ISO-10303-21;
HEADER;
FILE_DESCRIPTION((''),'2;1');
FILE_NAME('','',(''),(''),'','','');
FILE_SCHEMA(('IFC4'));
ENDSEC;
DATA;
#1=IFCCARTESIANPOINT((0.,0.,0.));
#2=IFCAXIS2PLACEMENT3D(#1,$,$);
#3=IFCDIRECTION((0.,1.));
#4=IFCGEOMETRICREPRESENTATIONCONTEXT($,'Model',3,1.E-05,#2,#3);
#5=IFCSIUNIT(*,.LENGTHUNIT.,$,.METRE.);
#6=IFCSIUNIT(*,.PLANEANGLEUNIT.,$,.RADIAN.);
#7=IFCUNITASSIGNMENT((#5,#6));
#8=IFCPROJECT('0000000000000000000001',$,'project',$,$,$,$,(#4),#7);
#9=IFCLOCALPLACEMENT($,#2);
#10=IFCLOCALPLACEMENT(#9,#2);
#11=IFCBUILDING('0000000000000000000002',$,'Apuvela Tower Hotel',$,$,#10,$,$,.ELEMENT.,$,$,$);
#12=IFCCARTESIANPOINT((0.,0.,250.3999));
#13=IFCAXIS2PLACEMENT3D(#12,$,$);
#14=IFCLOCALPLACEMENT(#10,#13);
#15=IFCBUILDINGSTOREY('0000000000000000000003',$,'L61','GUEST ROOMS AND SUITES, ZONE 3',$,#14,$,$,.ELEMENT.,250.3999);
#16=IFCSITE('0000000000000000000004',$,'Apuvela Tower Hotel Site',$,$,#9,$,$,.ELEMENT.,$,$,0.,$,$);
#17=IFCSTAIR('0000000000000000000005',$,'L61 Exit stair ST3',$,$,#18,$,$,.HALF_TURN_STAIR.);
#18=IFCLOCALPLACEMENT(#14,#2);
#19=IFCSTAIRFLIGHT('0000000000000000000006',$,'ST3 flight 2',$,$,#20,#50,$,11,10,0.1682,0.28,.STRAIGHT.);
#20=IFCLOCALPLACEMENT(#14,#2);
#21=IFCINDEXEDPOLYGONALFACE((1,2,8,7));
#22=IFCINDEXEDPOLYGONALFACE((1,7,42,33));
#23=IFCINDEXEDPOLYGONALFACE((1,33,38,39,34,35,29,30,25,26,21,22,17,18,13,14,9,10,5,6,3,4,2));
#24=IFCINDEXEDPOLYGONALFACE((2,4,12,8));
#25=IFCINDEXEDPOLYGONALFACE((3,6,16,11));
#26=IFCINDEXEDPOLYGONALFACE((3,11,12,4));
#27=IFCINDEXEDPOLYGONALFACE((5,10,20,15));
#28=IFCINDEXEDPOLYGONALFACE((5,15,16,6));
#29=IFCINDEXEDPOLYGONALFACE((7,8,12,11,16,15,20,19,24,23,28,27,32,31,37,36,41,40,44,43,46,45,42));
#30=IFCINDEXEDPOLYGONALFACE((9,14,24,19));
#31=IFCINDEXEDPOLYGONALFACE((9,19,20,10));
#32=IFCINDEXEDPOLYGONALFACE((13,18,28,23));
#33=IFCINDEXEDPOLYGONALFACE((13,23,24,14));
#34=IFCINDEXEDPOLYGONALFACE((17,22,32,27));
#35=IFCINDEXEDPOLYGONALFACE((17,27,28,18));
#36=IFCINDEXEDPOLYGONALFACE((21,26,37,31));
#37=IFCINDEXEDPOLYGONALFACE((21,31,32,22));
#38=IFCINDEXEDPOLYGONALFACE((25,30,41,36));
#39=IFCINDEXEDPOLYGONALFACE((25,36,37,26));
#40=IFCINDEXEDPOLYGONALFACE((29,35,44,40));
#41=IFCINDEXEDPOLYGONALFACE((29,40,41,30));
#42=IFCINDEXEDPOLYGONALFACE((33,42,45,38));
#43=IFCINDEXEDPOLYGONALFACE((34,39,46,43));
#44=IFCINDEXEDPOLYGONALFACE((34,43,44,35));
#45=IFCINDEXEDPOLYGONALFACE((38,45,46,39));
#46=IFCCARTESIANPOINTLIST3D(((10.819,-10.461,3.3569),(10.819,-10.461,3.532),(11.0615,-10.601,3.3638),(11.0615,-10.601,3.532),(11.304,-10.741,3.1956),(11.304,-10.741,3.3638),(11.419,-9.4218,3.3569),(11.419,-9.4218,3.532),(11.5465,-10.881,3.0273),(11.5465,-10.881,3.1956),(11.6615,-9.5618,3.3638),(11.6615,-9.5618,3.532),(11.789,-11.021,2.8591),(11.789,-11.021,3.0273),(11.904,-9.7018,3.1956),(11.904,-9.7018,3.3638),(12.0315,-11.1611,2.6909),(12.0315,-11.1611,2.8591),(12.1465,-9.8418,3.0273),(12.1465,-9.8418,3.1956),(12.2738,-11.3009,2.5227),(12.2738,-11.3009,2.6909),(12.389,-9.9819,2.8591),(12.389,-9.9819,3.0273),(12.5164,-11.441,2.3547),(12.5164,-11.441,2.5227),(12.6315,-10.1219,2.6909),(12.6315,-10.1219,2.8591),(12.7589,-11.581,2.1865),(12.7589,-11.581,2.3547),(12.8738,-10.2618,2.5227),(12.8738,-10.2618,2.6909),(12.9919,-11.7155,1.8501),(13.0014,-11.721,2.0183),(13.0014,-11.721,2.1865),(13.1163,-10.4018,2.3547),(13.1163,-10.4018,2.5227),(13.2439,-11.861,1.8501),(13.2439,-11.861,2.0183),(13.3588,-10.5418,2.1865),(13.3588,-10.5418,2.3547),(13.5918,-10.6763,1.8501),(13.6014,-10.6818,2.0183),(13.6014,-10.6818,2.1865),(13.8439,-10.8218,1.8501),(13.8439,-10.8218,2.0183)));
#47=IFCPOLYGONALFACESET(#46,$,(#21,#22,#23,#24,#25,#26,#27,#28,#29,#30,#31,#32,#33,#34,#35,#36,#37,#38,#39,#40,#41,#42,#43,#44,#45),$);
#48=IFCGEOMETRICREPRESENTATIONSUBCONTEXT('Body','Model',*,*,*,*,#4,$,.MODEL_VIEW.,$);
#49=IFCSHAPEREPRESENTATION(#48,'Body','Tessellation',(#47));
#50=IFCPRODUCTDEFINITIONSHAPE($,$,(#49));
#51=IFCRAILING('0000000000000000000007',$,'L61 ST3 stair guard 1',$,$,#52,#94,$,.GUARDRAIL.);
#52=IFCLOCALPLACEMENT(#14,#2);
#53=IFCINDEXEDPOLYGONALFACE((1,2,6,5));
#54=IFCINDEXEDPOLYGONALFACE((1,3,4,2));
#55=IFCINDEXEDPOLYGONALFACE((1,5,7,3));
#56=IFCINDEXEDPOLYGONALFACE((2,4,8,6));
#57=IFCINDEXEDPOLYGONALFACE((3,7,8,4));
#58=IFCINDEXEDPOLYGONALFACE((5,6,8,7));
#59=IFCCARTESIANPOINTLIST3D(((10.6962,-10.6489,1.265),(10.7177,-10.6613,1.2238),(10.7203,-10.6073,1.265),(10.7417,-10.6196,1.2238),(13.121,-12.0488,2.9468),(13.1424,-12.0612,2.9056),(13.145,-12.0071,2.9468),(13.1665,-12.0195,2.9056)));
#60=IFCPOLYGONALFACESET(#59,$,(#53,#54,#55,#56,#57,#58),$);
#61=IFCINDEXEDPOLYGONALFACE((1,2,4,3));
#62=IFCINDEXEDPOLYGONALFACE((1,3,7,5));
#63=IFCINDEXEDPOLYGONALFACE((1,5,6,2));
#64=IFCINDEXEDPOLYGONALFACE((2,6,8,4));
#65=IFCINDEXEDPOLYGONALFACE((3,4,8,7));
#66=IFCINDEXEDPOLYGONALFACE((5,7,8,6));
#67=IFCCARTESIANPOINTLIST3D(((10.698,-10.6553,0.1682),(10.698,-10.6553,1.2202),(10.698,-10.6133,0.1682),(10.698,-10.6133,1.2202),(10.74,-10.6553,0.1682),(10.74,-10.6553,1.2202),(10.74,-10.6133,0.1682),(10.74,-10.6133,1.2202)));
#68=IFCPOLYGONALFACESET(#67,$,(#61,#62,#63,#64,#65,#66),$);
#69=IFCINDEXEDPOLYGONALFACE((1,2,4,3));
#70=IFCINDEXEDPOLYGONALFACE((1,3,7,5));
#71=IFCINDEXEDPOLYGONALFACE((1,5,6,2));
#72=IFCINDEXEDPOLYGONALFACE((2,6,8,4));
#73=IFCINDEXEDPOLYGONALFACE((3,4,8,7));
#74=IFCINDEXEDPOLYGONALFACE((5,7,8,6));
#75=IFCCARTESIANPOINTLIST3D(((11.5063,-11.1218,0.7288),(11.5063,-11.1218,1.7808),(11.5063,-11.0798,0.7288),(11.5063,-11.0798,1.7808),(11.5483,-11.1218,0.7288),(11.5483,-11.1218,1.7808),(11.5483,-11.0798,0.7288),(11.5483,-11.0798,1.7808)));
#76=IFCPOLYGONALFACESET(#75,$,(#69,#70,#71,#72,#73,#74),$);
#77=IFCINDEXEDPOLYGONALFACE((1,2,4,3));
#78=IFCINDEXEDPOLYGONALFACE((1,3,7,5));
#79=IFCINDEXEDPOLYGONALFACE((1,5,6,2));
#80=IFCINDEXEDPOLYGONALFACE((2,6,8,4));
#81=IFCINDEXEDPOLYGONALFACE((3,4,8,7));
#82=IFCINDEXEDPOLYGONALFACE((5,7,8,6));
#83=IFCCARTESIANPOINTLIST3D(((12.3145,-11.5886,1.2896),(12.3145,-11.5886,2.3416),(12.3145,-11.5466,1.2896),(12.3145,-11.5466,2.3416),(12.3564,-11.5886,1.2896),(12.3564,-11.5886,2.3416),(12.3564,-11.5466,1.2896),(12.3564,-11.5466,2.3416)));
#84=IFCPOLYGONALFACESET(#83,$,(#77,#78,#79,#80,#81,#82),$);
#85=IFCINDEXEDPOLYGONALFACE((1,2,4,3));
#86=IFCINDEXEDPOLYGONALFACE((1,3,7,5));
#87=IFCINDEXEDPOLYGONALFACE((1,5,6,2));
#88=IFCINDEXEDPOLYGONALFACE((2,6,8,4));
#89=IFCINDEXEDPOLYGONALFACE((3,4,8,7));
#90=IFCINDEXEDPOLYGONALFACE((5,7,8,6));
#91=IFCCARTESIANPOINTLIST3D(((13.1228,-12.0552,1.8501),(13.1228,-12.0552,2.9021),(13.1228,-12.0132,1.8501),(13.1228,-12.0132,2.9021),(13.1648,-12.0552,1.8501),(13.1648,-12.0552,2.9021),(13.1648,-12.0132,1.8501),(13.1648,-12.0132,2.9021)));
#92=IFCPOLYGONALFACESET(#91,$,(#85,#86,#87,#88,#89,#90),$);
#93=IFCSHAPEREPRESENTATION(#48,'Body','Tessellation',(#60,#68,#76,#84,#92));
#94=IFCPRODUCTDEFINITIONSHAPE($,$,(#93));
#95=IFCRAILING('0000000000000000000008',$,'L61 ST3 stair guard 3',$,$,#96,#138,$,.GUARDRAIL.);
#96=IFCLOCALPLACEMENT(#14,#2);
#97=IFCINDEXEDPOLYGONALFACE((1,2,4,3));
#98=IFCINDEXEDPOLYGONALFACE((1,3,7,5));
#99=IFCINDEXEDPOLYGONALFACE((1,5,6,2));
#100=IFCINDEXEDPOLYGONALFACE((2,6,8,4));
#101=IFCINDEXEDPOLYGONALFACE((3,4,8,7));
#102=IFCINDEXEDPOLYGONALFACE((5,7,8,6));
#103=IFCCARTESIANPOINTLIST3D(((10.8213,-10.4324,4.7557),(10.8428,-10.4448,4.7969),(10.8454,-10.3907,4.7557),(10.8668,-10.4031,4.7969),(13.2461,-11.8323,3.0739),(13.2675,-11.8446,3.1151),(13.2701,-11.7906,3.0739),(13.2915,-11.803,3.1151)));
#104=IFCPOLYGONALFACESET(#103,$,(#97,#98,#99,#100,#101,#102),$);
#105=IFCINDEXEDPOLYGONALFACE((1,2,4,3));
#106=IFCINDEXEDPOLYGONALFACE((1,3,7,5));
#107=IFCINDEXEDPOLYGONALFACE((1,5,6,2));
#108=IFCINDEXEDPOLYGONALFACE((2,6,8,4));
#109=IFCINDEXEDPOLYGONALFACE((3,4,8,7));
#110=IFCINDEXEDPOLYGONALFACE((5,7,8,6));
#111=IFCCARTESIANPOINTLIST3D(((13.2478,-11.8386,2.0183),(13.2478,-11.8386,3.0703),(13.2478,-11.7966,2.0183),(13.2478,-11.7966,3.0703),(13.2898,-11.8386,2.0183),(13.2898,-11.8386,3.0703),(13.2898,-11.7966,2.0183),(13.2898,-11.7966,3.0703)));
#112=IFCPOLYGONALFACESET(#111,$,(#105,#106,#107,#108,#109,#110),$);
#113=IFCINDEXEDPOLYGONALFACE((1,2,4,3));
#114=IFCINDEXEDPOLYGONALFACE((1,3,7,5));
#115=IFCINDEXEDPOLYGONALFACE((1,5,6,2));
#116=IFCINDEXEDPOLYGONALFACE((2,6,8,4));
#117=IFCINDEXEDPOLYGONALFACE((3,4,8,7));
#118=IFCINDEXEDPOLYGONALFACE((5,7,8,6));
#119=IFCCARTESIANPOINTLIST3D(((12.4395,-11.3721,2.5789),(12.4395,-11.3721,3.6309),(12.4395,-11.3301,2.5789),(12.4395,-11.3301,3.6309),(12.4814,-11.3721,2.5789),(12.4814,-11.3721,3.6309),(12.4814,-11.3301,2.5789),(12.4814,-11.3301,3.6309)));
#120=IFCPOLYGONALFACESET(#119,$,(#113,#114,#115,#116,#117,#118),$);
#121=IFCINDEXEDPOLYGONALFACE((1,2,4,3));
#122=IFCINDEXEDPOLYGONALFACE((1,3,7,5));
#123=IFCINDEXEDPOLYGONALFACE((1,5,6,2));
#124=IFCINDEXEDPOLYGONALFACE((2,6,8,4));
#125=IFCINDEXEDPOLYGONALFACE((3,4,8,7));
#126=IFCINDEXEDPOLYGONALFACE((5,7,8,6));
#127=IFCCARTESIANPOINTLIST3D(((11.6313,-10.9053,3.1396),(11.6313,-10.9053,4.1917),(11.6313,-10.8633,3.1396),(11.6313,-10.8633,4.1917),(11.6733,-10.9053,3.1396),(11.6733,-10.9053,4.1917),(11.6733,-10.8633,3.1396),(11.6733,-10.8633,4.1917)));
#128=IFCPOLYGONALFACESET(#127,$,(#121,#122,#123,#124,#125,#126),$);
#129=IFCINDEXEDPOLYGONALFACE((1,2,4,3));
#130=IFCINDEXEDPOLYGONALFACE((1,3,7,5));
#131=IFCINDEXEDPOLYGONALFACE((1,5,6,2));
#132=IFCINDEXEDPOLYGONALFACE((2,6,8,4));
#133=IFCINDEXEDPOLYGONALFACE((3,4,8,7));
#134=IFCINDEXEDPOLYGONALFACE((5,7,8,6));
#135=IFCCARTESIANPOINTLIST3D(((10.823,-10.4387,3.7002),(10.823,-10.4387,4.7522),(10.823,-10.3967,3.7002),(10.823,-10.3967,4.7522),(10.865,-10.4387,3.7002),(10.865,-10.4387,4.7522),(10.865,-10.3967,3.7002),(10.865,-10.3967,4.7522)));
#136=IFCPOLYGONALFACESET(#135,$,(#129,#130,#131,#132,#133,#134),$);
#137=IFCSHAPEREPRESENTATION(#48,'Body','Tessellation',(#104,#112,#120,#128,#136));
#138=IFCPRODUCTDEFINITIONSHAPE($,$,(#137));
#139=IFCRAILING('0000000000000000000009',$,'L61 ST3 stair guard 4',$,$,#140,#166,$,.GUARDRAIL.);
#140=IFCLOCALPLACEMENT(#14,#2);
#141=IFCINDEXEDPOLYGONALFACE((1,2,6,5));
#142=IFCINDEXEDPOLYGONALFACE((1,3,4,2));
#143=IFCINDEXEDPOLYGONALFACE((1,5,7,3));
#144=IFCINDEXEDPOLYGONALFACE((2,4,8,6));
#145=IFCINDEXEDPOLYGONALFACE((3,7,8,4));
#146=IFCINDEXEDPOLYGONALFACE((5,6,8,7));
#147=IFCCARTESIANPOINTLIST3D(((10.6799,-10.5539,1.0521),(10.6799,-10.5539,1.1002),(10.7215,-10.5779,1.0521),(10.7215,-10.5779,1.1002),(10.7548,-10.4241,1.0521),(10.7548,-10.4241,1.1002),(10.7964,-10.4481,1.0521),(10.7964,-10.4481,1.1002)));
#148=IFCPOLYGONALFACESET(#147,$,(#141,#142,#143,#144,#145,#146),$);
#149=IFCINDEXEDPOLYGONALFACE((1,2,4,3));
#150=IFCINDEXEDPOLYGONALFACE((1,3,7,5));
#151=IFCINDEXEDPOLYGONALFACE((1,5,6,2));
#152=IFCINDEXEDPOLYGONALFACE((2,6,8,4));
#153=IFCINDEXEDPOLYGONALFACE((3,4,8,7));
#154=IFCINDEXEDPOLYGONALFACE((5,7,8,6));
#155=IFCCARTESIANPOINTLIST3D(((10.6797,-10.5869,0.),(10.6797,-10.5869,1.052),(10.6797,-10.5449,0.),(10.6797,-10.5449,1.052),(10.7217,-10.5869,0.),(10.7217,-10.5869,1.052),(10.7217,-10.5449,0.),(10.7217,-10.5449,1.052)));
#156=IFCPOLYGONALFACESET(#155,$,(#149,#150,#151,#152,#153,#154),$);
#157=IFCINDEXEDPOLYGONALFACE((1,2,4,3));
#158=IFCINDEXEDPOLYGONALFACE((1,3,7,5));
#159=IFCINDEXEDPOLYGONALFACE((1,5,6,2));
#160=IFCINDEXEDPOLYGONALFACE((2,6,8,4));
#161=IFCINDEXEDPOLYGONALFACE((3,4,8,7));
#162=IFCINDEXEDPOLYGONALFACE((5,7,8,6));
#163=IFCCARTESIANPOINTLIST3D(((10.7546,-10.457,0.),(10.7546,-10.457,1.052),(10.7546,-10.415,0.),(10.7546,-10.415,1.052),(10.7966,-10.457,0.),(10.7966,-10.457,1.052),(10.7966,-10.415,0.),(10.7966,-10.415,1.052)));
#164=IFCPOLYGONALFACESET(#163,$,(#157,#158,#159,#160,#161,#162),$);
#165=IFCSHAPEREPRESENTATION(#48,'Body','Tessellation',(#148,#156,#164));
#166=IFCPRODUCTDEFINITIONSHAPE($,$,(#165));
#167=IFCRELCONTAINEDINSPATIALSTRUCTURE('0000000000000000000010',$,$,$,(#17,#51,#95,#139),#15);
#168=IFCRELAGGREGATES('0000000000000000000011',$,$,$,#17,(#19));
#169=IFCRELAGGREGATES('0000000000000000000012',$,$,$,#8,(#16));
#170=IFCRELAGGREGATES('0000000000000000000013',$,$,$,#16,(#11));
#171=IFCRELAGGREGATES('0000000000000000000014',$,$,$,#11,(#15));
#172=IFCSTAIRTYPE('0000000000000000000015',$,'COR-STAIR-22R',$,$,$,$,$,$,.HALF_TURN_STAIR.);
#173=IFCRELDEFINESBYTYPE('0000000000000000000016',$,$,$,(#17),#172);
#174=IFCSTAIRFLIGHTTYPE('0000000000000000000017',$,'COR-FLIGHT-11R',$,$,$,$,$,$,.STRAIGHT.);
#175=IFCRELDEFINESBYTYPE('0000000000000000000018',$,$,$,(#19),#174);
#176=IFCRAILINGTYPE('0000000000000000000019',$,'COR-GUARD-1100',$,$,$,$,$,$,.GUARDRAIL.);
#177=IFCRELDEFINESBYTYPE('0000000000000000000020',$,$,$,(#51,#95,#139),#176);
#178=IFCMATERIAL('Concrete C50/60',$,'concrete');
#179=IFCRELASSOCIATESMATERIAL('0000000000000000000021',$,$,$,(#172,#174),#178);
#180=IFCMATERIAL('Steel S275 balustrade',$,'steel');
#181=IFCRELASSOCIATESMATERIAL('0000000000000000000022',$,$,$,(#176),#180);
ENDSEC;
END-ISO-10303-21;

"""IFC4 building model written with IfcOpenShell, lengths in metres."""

from ifc_helpers import new_model, si_unit, direction, frame, origin, origin_2d, place, context, subcontext, project, spatial, polyline, rectangle, outline, extrude, material, type_object, element, aggregate, save


model = new_model("IFC4")

# Units and contexts
model_context = context("Model", 3, precision=1e-05, world=origin(), true_north=direction((0.0, 1.0)))
body_context = subcontext(model_context, "Body", "Model", "MODEL_VIEW")
ifc_project = project(units=[si_unit("LENGTHUNIT", "METRE"), si_unit("PLANEANGLEUNIT", "RADIAN")], contexts=[model_context])

# Site, building, storey
site_placement = place(None, origin())
site = spatial("IfcSite", under=ifc_project, at=site_placement, Name="Apuvela Tower Hotel Site", CompositionType="ELEMENT", RefElevation=0.0)
building_placement = place(site_placement, origin())
building = spatial("IfcBuilding", under=site, at=building_placement, Name="Apuvela Tower Hotel", CompositionType="ELEMENT")
storey_placement = place(building_placement, frame((0.0, 0.0, 250.3999)))
storey = spatial("IfcBuildingStorey", under=building, at=storey_placement, Name="L61", Description="GUEST ROOMS AND SUITES, ZONE 3", CompositionType="ELEMENT", Elevation=250.3999)

# Shared definitions
ifc_material_1 = material(Name="Concrete C50/60", Category="concrete")

# Stair, stair flight
stair_type = type_object("IfcStairType", Name="COR-STAIR-22R", PredefinedType="HALF_TURN_STAIR", material=ifc_material_1)
stair_placement = place(storey_placement, origin())
stair = element("IfcStair", 1, at=stair_placement, inside=storey, type_object=stair_type, Name="L61 Exit stair ST3", PredefinedType="HALF_TURN_STAIR")
stair_flight_type = type_object("IfcStairFlightType", Name="COR-FLIGHT-11R", PredefinedType="STRAIGHT", material=ifc_material_1)
stair_flight_1_placement = place(storey_placement, frame((13.5439, -11.3413, 1.8501), z_axis=(0.0, 0.0, 1.0), x_axis=(-0.866025, 0.5, 0.0)))
stair_flight_1 = element("IfcStairFlight", 2, at=stair_flight_1_placement, type_object=stair_flight_type, Name="ST3 flight 2", NumberOfRisers=11, NumberOfTreads=10, PredefinedType="STRAIGHT", RiserHeight=0.1682, TreadLength=0.28, context=body_context, shape_type="SweptSolid", body=[
    extrude(outline(polyline([(0.0, 0.0), (0.0, 0.1682), (0.28, 0.1682), (0.28, 0.3364), (0.5601, 0.3364), (0.5601, 0.5046), (0.8401, 0.5046), (0.8401, 0.6726), (1.1201, 0.6726), (1.1201, 0.8408), (1.3999, 0.8408), (1.3999, 1.009), (1.6799, 1.009), (1.6799, 1.1772), (1.96, 1.1772), (1.96, 1.3455), (2.24, 1.3455), (2.24, 1.5137), (2.52, 1.5137), (2.52, 1.6819), (2.8, 1.6819), (2.8, 1.8501), (2.8, 1.5068), (0.291, 0.0), (0.0, 0.0)])), frame((0.0, 0.6001, 0.0), z_axis=(0.0, -1.0, 0.0), x_axis=(1.0, 0.0, 0.0)), (0.0, 0.0, 1.0), 1.2),
])
aggregate(stair, [stair_flight_1])

# Railings
ifc_material_2 = material(Name="Steel S275 balustrade", Category="steel")
railing_type_1 = type_object("IfcRailingType", Name="COR-GUARD-1100", PredefinedType="GUARDRAIL", material=ifc_material_2)
railing_1_placement = place(storey_placement, frame((10.719, -10.6343, 0.1682)))
element("IfcRailing", 3, at=railing_1_placement, inside=storey, type_object=railing_type_1, Name="L61 ST3 stair guard 1", PredefinedType="GUARDRAIL", context=body_context, shape_type="SweptSolid", body=[
    extrude(rectangle(XDim=0.0481, YDim=0.0481, at=origin_2d()), frame((0.0, 0.0, 1.0762), z_axis=(0.74239, -0.428601, 0.514934), x_axis=(0.499984, 0.866035, 0.0)), (0.0, 0.0, 1.0), 3.2661),
    extrude(rectangle(XDim=0.042, YDim=0.042, at=origin_2d()), origin(), (0.0, 0.0, 1.0), 1.052),
    extrude(rectangle(XDim=0.042, YDim=0.042, at=origin_2d()), frame((0.8083, -0.4666, 0.5605)), (0.0, 0.0, 1.0), 1.052),
    extrude(rectangle(XDim=0.042, YDim=0.042, at=origin_2d()), frame((1.6165, -0.9333, 1.1213)), (0.0, 0.0, 1.0), 1.052),
    extrude(rectangle(XDim=0.042, YDim=0.042, at=origin_2d()), frame((2.4248, -1.3999, 1.6819)), (0.0, 0.0, 1.0), 1.052),
])
railing_2_placement = place(storey_placement, frame((13.2688, -11.8176, 2.0183)))
element("IfcRailing", 4, at=railing_2_placement, inside=storey, type_object=railing_type_1, Name="L61 ST3 stair guard 3", PredefinedType="GUARDRAIL", context=body_context, shape_type="SweptSolid", body=[
    extrude(rectangle(XDim=0.0481, YDim=0.0481, at=origin_2d()), frame((0.0, 0.0, 1.0762), z_axis=(-0.74239, 0.428601, 0.514934), x_axis=(-0.499984, -0.866035, 0.0)), (0.0, 0.0, 1.0), 3.2661),
    extrude(rectangle(XDim=0.042, YDim=0.042, at=origin_2d()), origin(), (0.0, 0.0, 1.0), 1.052),
    extrude(rectangle(XDim=0.042, YDim=0.042, at=origin_2d()), frame((-0.8083, 0.4666, 0.5605)), (0.0, 0.0, 1.0), 1.052),
    extrude(rectangle(XDim=0.042, YDim=0.042, at=origin_2d()), frame((-1.6165, 0.9333, 1.1213)), (0.0, 0.0, 1.0), 1.052),
    extrude(rectangle(XDim=0.042, YDim=0.042, at=origin_2d()), frame((-2.4248, 1.3999, 1.6819)), (0.0, 0.0, 1.0), 1.052),
])
railing_3_placement = place(storey_placement, frame((10.7007, -10.5659, 0.0)))
element("IfcRailing", 5, at=railing_3_placement, inside=storey, type_object=railing_type_1, Name="L61 ST3 stair guard 4", PredefinedType="GUARDRAIL", context=body_context, shape_type="SweptSolid", body=[
    extrude(rectangle(XDim=0.0481, YDim=0.0481, at=origin_2d()), frame((0.0, 0.0, 1.0762), z_axis=(0.499816, 0.866131, 0.0), x_axis=(-0.866131, 0.499816, 0.0)), (0.0, 0.0, 1.0), 0.1499),
    extrude(rectangle(XDim=0.042, YDim=0.042, at=origin_2d()), origin(), (0.0, 0.0, 1.0), 1.052),
    extrude(rectangle(XDim=0.042, YDim=0.042, at=origin_2d()), frame((0.075, 0.1299, 0.0)), (0.0, 0.0, 1.0), 1.052),
])

save(model, "model.ifc")
